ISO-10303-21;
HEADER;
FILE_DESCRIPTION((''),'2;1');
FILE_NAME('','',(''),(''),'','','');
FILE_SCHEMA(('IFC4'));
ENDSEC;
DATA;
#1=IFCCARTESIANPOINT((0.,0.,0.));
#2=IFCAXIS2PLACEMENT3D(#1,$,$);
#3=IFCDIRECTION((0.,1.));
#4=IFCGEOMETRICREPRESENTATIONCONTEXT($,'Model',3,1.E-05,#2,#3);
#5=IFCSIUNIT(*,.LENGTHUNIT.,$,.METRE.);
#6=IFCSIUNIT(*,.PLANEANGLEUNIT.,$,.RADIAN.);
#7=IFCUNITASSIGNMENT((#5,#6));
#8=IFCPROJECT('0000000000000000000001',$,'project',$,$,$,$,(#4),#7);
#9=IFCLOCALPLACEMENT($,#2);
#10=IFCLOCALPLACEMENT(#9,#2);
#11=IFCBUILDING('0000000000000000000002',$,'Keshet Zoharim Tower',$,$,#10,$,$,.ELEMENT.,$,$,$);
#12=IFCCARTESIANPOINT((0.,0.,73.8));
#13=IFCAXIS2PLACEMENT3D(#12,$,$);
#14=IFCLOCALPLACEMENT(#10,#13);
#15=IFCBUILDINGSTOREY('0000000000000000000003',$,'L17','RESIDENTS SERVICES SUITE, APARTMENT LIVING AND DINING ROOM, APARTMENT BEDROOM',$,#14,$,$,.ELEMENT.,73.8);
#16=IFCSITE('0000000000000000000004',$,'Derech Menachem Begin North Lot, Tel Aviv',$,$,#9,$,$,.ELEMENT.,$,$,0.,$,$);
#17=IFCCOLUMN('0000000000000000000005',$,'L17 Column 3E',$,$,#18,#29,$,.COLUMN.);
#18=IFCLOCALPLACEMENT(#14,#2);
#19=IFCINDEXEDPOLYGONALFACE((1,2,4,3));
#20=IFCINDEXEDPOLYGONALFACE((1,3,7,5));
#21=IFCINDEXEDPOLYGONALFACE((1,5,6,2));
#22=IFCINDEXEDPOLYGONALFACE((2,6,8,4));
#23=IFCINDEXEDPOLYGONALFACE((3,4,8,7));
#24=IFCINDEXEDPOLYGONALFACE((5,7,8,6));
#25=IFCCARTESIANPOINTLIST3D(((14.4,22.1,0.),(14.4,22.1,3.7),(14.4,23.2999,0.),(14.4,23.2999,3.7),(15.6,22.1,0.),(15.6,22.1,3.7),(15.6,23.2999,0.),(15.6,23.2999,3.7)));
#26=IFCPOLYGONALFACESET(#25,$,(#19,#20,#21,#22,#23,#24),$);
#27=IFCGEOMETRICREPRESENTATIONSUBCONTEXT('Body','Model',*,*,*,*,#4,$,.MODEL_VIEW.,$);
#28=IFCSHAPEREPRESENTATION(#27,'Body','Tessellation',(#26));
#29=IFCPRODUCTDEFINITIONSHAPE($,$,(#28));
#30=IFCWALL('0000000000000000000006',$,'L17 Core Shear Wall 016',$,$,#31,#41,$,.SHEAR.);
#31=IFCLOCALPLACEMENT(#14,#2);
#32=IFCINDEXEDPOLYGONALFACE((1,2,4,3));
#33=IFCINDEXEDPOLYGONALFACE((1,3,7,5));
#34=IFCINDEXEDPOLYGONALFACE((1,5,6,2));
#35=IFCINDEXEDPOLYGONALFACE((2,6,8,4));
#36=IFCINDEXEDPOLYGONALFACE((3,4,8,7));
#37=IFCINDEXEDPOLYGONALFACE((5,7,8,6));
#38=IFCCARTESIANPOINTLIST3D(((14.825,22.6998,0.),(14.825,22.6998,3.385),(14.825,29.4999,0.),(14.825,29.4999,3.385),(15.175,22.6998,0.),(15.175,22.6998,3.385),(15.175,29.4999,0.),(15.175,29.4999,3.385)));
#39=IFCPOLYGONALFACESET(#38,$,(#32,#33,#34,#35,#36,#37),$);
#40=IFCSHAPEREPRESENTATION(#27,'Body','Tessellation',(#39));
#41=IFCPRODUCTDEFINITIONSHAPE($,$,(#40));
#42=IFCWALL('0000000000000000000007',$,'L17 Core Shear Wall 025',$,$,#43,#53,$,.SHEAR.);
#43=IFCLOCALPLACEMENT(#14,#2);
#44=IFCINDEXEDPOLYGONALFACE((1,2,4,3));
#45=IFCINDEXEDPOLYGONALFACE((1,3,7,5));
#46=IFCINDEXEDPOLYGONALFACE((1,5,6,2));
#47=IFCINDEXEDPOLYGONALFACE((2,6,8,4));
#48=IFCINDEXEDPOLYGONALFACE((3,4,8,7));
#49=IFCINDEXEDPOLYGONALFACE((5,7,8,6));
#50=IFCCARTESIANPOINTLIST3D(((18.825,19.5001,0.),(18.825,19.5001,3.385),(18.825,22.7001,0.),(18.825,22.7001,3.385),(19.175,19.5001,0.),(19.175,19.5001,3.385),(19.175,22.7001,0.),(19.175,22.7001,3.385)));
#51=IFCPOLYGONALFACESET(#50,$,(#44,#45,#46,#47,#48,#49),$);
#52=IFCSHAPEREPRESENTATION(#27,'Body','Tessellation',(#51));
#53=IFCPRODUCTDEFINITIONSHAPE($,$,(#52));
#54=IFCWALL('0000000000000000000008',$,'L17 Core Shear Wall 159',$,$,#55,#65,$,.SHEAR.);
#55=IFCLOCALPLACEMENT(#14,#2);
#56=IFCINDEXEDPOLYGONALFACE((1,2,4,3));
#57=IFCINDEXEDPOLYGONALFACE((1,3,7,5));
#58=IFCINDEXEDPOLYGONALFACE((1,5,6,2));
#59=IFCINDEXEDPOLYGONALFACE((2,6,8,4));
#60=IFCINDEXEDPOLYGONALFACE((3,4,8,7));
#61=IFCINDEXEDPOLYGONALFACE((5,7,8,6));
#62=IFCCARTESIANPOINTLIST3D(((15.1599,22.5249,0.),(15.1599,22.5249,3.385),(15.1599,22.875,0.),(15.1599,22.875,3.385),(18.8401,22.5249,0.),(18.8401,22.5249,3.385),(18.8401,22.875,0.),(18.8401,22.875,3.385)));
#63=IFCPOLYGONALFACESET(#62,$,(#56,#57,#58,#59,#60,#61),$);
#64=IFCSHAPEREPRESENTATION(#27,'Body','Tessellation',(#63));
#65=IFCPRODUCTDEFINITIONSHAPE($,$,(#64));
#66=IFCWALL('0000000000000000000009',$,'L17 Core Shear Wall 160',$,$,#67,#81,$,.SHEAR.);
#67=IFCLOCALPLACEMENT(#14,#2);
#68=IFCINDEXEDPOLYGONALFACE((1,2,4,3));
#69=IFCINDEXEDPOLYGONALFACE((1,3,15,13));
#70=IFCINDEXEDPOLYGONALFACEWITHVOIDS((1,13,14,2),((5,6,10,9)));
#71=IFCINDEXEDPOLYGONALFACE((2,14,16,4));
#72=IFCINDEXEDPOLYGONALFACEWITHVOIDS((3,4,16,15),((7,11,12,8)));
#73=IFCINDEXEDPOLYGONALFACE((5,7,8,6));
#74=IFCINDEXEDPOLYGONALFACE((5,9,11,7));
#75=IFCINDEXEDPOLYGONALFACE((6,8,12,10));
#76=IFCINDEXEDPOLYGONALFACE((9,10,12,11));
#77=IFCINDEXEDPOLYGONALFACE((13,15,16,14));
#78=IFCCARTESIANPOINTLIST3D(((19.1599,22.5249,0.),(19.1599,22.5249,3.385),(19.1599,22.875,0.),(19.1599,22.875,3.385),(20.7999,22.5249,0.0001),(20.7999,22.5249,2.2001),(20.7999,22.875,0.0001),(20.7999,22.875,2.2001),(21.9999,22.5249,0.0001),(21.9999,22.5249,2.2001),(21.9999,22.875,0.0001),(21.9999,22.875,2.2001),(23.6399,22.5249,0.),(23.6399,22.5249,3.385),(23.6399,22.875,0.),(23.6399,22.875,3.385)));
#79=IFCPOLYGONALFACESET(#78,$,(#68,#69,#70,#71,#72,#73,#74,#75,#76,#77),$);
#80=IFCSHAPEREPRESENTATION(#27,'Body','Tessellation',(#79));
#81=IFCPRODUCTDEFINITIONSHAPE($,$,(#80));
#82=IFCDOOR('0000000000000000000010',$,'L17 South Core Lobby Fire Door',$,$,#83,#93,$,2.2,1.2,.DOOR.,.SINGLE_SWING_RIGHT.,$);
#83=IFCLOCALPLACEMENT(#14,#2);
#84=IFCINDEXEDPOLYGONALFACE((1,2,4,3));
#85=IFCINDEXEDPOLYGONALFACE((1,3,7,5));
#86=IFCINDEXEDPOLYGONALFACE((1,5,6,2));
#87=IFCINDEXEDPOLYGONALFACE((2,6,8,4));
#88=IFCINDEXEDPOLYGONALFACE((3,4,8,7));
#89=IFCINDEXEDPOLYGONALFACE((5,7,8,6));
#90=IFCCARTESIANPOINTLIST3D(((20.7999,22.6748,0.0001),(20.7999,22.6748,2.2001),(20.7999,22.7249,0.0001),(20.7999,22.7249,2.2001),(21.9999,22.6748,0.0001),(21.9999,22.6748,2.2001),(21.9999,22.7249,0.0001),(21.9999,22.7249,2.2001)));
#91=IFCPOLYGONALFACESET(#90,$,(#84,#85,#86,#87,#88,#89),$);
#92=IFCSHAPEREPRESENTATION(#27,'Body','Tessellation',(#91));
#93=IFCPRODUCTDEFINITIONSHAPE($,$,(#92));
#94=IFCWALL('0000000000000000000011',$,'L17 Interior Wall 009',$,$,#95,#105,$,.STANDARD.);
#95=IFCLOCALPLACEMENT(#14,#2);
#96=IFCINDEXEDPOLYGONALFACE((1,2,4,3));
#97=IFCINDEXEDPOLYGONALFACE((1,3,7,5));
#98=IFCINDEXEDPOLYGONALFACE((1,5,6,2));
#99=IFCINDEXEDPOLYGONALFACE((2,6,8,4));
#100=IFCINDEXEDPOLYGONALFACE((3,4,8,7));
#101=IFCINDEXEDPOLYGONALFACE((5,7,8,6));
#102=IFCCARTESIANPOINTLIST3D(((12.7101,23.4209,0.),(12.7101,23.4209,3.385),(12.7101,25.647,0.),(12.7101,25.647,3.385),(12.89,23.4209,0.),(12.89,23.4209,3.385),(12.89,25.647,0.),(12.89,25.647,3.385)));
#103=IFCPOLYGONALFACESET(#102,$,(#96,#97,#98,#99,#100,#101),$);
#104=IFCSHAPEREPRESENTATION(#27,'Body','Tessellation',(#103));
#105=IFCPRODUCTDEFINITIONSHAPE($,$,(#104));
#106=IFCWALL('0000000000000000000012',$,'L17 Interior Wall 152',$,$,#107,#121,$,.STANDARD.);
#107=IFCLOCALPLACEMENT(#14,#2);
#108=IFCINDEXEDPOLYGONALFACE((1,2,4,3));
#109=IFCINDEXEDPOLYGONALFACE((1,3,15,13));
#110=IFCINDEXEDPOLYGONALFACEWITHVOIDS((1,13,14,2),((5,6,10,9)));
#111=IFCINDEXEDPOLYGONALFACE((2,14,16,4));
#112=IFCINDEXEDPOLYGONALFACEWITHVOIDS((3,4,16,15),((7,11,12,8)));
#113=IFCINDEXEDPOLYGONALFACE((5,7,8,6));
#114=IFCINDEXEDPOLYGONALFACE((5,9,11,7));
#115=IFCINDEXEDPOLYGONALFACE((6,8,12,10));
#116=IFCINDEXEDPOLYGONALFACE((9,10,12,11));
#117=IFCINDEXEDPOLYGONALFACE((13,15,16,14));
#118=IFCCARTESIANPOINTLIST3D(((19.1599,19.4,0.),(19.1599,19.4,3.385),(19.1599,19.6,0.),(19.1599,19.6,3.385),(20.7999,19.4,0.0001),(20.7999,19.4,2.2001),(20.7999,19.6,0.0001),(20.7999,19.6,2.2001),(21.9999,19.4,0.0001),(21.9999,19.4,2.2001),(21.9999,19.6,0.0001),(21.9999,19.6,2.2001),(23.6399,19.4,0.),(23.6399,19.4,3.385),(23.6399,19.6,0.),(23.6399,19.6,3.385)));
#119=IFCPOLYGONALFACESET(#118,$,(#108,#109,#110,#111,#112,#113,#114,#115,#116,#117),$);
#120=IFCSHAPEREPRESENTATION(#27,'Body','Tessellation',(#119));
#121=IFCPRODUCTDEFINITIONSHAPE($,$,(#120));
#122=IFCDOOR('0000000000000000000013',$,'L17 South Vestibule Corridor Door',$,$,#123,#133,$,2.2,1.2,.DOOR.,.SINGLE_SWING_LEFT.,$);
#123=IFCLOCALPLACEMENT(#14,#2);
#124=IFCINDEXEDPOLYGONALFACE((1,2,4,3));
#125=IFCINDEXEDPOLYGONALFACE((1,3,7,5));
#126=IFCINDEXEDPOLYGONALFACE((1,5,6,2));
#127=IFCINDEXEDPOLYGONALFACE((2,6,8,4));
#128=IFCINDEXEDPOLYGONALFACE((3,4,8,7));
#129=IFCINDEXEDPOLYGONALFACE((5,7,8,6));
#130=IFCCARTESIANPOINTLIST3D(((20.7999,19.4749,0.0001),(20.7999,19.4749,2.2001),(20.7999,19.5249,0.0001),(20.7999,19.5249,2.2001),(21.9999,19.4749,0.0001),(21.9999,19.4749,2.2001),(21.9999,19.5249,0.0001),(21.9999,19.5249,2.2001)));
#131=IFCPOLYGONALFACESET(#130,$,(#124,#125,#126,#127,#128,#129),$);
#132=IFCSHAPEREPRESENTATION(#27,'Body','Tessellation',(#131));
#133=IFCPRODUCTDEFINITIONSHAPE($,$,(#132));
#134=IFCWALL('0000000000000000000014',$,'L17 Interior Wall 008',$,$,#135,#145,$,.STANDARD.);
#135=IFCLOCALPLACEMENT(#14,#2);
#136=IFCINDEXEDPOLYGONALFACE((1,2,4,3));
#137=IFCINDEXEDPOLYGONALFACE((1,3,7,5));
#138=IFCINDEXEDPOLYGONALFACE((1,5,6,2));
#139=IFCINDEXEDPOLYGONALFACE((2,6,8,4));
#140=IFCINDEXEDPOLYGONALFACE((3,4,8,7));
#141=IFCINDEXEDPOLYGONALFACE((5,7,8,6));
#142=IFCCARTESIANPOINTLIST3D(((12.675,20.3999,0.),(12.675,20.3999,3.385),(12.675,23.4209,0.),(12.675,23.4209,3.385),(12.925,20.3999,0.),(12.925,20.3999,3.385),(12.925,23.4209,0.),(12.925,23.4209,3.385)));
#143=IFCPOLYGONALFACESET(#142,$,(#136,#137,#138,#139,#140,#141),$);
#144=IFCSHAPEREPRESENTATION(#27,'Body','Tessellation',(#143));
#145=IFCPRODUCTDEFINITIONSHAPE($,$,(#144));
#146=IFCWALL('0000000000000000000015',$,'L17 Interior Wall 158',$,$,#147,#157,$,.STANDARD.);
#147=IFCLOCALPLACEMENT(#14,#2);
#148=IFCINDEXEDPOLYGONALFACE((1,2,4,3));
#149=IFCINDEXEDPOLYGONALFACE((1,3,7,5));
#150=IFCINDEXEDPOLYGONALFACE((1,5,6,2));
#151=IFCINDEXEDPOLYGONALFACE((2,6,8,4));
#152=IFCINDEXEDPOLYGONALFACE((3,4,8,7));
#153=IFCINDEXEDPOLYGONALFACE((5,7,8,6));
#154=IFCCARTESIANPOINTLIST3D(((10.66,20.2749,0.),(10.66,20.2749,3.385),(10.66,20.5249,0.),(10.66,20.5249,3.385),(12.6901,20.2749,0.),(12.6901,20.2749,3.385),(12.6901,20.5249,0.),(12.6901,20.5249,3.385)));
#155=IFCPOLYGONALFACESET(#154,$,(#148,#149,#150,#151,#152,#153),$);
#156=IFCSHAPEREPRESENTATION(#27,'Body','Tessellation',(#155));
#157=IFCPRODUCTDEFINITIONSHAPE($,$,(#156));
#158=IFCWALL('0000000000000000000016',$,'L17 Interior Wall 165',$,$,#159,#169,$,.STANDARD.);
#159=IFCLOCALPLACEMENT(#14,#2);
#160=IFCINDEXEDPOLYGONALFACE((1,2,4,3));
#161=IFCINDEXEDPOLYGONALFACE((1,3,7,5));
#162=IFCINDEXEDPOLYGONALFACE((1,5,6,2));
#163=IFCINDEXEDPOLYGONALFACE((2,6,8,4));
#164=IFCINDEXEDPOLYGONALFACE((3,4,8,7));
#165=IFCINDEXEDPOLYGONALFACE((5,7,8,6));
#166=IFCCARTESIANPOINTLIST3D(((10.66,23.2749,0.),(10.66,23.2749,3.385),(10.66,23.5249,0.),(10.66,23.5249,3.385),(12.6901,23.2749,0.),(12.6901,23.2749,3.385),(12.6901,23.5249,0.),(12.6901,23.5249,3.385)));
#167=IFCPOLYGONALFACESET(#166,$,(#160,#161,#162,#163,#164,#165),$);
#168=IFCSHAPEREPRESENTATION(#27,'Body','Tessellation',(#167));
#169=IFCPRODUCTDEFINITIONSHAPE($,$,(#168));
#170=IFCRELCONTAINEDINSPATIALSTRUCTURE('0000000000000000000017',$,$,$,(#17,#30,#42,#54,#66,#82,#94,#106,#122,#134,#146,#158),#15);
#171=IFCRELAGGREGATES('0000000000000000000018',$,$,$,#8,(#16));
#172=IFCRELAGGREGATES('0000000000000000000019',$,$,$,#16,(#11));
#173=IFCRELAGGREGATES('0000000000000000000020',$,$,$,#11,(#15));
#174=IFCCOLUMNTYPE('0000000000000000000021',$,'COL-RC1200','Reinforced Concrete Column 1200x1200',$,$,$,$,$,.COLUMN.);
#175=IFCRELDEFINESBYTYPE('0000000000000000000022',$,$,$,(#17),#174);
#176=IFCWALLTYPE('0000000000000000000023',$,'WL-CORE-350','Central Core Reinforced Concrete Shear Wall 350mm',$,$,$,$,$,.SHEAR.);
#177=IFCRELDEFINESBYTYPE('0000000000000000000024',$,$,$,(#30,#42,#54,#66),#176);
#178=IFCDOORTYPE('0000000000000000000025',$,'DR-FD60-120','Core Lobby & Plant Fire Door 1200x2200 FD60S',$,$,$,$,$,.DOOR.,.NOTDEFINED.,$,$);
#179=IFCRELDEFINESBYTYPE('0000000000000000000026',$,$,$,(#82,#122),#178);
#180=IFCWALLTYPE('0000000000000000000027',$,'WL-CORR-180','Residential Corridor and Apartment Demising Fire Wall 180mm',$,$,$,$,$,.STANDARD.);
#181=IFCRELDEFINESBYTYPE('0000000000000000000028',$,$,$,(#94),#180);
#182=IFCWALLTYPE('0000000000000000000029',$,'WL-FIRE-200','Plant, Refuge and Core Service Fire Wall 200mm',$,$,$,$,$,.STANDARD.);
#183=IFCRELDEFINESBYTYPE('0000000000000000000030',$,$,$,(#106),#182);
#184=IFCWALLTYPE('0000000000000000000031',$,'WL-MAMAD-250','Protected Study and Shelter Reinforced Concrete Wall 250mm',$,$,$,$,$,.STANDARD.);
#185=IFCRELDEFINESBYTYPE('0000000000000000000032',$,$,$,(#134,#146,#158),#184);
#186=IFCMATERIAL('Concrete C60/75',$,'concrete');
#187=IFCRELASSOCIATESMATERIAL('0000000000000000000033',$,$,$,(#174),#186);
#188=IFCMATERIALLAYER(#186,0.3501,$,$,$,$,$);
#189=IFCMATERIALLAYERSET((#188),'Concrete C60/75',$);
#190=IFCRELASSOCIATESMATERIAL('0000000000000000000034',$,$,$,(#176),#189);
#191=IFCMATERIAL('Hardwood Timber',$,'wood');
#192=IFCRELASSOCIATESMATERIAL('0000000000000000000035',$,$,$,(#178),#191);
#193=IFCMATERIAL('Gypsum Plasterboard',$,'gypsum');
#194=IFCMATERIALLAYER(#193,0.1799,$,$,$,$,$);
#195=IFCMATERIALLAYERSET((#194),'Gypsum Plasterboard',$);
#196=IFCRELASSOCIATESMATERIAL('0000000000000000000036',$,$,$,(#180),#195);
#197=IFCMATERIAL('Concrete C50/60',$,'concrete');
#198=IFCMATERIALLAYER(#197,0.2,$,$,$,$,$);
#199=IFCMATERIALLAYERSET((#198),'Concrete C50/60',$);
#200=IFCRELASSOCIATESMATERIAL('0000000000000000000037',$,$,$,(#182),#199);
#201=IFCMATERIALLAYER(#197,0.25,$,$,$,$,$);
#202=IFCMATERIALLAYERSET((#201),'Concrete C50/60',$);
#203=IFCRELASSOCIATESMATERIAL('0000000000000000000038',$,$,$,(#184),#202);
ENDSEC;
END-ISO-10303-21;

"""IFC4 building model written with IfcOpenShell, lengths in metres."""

from ifc_helpers import new_model, si_unit, direction, frame, frame_2d, origin, origin_2d, place, context, subcontext, project, spatial, rectangle, extrude, material, layer, layer_set, material_profile, profile_set, type_object, element, fill, save


model = new_model("IFC4")

# Units and contexts
model_context = context("Model", 3, precision=1e-05, world=origin(), true_north=direction((0.0, 1.0)))
body_context = subcontext(model_context, "Body", "Model", "MODEL_VIEW")
ifc_project = project(units=[si_unit("LENGTHUNIT", "METRE"), si_unit("PLANEANGLEUNIT", "RADIAN")], contexts=[model_context])

# Site, building, storey
site_placement = place(None, origin())
site = spatial("IfcSite", under=ifc_project, at=site_placement, Name="Derech Menachem Begin North Lot, Tel Aviv", CompositionType="ELEMENT", RefElevation=0.0)
building_placement = place(site_placement, origin())
building = spatial("IfcBuilding", under=site, at=building_placement, Name="Keshet Zoharim Tower", CompositionType="ELEMENT")
storey_placement = place(building_placement, frame((0.0, 0.0, 73.8)))
storey = spatial("IfcBuildingStorey", under=building, at=storey_placement, Name="L17", Description="RESIDENTS SERVICES SUITE, APARTMENT LIVING AND DINING ROOM, APARTMENT BEDROOM", CompositionType="ELEMENT", Elevation=73.8)

# Column
ifc_material_1 = material(Name="Concrete C60/75", Category="concrete")
ifc_material_profile = material_profile(ifc_material_1, rectangle(XDim=1.2, YDim=1.2, at=origin_2d()), Name="RC1200x1200")
ifc_profile_set = profile_set([ifc_material_profile], Name="Concrete C60/75")
column_type = type_object("IfcColumnType", Name="COL-RC1200", Description="Reinforced Concrete Column 1200x1200", PredefinedType="COLUMN", material=ifc_profile_set)
column_placement = place(storey_placement, frame((15.0, 22.7, 0.0), z_axis=(0.0, 0.0, 1.0), x_axis=(1.0, 0.0, 0.0)))
element("IfcColumn", 1, at=column_placement, inside=storey, type_object=column_type, Name="L17 Column 3E", PredefinedType="COLUMN", context=body_context, shape_type="SweptSolid", body=[
    extrude(rectangle(XDim=1.2, YDim=1.2, at=origin_2d()), origin(), (0.0, 0.0, 1.0), 3.7),
])

# Walls
ifc_layer_1 = layer(ifc_material_1, 0.3501)
ifc_layer_set_1 = layer_set([ifc_layer_1], Name="Concrete C60/75")
wall_type_1 = type_object("IfcWallType", Name="WL-CORE-350", Description="Central Core Reinforced Concrete Shear Wall 350mm", PredefinedType="SHEAR", material=ifc_layer_set_1)
wall_1_placement = place(storey_placement, frame((15.0, 22.7, 0.0), z_axis=(0.0, 0.0, 1.0), x_axis=(0.0, 1.0, 0.0)))
element("IfcWall", 2, at=wall_1_placement, inside=storey, type_object=wall_type_1, Name="L17 Core Shear Wall 016", PredefinedType="SHEAR", context=body_context, shape_type="SweptSolid", body=[
    extrude(rectangle(XDim=6.8, YDim=0.3501, at=frame_2d((3.3999, 0.0))), origin(), (0.0, 0.0, 1.0), 3.385),
])
wall_2_placement = place(storey_placement, frame((19.0, 19.5, 0.0), z_axis=(0.0, 0.0, 1.0), x_axis=(0.0, 1.0, 0.0)))
element("IfcWall", 3, at=wall_2_placement, inside=storey, type_object=wall_type_1, Name="L17 Core Shear Wall 025", PredefinedType="SHEAR", context=body_context, shape_type="SweptSolid", body=[
    extrude(rectangle(XDim=3.2, YDim=0.3501, at=frame_2d((1.6001, 0.0))), origin(), (0.0, 0.0, 1.0), 3.385),
])

# Shared definitions
ifc_material_2 = material(Name="Hardwood Timber", Category="wood")

# Wall
wall_3_placement = place(storey_placement, frame((15.1599, 22.7, 0.0), z_axis=(0.0, 0.0, 1.0), x_axis=(1.0, 0.0, 0.0)))
element("IfcWall", 4, at=wall_3_placement, inside=storey, type_object=wall_type_1, Name="L17 Core Shear Wall 159", PredefinedType="SHEAR", context=body_context, shape_type="SweptSolid", body=[
    extrude(rectangle(XDim=3.6802, YDim=0.3501, at=frame_2d((1.8401, 0.0))), origin(), (0.0, 0.0, 1.0), 3.385),
])

# Wall, opening, door
wall_4_placement = place(storey_placement, frame((19.1599, 22.7, 0.0), z_axis=(0.0, 0.0, 1.0), x_axis=(1.0, 0.0, 0.0)))
wall_4 = element("IfcWall", 5, at=wall_4_placement, inside=storey, type_object=wall_type_1, Name="L17 Core Shear Wall 160", PredefinedType="SHEAR", context=body_context, shape_type="SweptSolid", body=[
    extrude(rectangle(XDim=4.48, YDim=0.3501, at=frame_2d((2.24, 0.0))), origin(), (0.0, 0.0, 1.0), 3.385),
])
opening_1_placement = place(wall_4_placement, frame((1.6399, 0.0, 0.0)))
opening_1 = element("IfcOpeningElement", 6, at=opening_1_placement, cuts=wall_4, PredefinedType="OPENING", context=body_context, shape_type="SweptSolid", body=[
    extrude(rectangle(XDim=1.2, YDim=2.2, at=frame_2d((0.6001, 1.1001))), frame((0.0, 0.1851, 0.0), z_axis=(0.0, -1.0, 0.0), x_axis=(1.0, 0.0, 0.0)), (0.0, 0.0, 1.0), 0.3701),
])
door_type_1 = type_object("IfcDoorType", Name="DR-FD60-120", Description="Core Lobby & Plant Fire Door 1200x2200 FD60S", OperationType="NOTDEFINED", PredefinedType="DOOR", material=ifc_material_2)
door_1_placement = place(opening_1_placement, origin())
door_1 = element("IfcDoor", 7, at=door_1_placement, inside=storey, type_object=door_type_1, Name="L17 South Core Lobby Fire Door", OperationType="SINGLE_SWING_RIGHT", OverallHeight=2.2, OverallWidth=1.2, PredefinedType="DOOR", context=body_context, shape_type="SweptSolid", body=[
    extrude(rectangle(XDim=1.2, YDim=2.2, at=frame_2d((0.6001, 1.1001))), frame((0.0, 0.0249, 0.0), z_axis=(0.0, -1.0, 0.0), x_axis=(1.0, 0.0, 0.0)), (0.0, 0.0, 1.0), 0.05),
])
fill(opening_1, door_1)

# Wall
ifc_material_3 = material(Name="Gypsum Plasterboard", Category="gypsum")
ifc_layer_2 = layer(ifc_material_3, 0.1799)
ifc_layer_set_2 = layer_set([ifc_layer_2], Name="Gypsum Plasterboard")
wall_type_2 = type_object("IfcWallType", Name="WL-CORR-180", Description="Residential Corridor and Apartment Demising Fire Wall 180mm", PredefinedType="STANDARD", material=ifc_layer_set_2)
wall_5_placement = place(storey_placement, frame((12.8, 23.4209, 0.0), z_axis=(0.0, 0.0, 1.0), x_axis=(0.0, 1.0, 0.0)))
element("IfcWall", 8, at=wall_5_placement, inside=storey, type_object=wall_type_2, Name="L17 Interior Wall 009", PredefinedType="STANDARD", context=body_context, shape_type="SweptSolid", body=[
    extrude(rectangle(XDim=2.2261, YDim=0.1799, at=frame_2d((1.113, 0.0))), origin(), (0.0, 0.0, 1.0), 3.385),
])

# Wall, opening, door
ifc_material_4 = material(Name="Concrete C50/60", Category="concrete")
ifc_layer_3 = layer(ifc_material_4, 0.2)
ifc_layer_set_3 = layer_set([ifc_layer_3], Name="Concrete C50/60")
wall_type_3 = type_object("IfcWallType", Name="WL-FIRE-200", Description="Plant, Refuge and Core Service Fire Wall 200mm", PredefinedType="STANDARD", material=ifc_layer_set_3)
wall_6_placement = place(storey_placement, frame((19.1599, 19.5, 0.0), z_axis=(0.0, 0.0, 1.0), x_axis=(1.0, 0.0, 0.0)))
wall_6 = element("IfcWall", 9, at=wall_6_placement, inside=storey, type_object=wall_type_3, Name="L17 Interior Wall 152", PredefinedType="STANDARD", context=body_context, shape_type="SweptSolid", body=[
    extrude(rectangle(XDim=4.48, YDim=0.2, at=frame_2d((2.24, 0.0))), origin(), (0.0, 0.0, 1.0), 3.385),
])
opening_2_placement = place(wall_6_placement, frame((1.6399, 0.0, 0.0)))
opening_2 = element("IfcOpeningElement", 10, at=opening_2_placement, cuts=wall_6, PredefinedType="OPENING", context=body_context, shape_type="SweptSolid", body=[
    extrude(rectangle(XDim=1.2, YDim=2.2, at=frame_2d((0.6001, 1.1001))), frame((0.0, 0.1099, 0.0), z_axis=(0.0, -1.0, 0.0), x_axis=(1.0, 0.0, 0.0)), (0.0, 0.0, 1.0), 0.22),
])
door_2_placement = place(opening_2_placement, origin())
door_2 = element("IfcDoor", 11, at=door_2_placement, inside=storey, type_object=door_type_1, Name="L17 South Vestibule Corridor Door", OperationType="SINGLE_SWING_LEFT", OverallHeight=2.2, OverallWidth=1.2, PredefinedType="DOOR", context=body_context, shape_type="SweptSolid", body=[
    extrude(rectangle(XDim=1.2, YDim=2.2, at=frame_2d((0.6001, 1.1001))), frame((0.0, 0.0249, 0.0), z_axis=(0.0, -1.0, 0.0), x_axis=(1.0, 0.0, 0.0)), (0.0, 0.0, 1.0), 0.05),
])
fill(opening_2, door_2)
ifc_layer_4 = layer(ifc_material_4, 0.25)
ifc_layer_set_4 = layer_set([ifc_layer_4], Name="Concrete C50/60")
wall_type_4 = type_object("IfcWallType", Name="WL-MAMAD-250", Description="Protected Study and Shelter Reinforced Concrete Wall 250mm", PredefinedType="STANDARD", material=ifc_layer_set_4)

# Walls
wall_7_placement = place(storey_placement, frame((12.8, 20.3999, 0.0), z_axis=(0.0, 0.0, 1.0), x_axis=(0.0, 1.0, 0.0)))
element("IfcWall", 12, at=wall_7_placement, inside=storey, type_object=wall_type_4, Name="L17 Interior Wall 008", PredefinedType="STANDARD", context=body_context, shape_type="SweptSolid", body=[
    extrude(rectangle(XDim=3.021, YDim=0.25, at=frame_2d((1.5105, 0.0))), origin(), (0.0, 0.0, 1.0), 3.385),
])
for number, where, z_axis, x_axis, name in (
    (13, (10.6599, 20.3999, 0.0), (0.0, 0.0, 1.0), (1.0, 0.0, 0.0), "L17 Interior Wall 158"),
    (14, (10.6599, 23.3999, 0.0), (0.0, 0.0, 1.0), (1.0, 0.0, 0.0), "L17 Interior Wall 165"),
):
    element("IfcWall", number, at=place(storey_placement, frame(where, z_axis=z_axis, x_axis=x_axis)), inside=storey, type_object=wall_type_4, Name=name, PredefinedType="STANDARD", context=body_context, shape_type="SweptSolid", body=[
        extrude(rectangle(XDim=2.03, YDim=0.25, at=frame_2d((1.0151, 0.0))), origin(), (0.0, 0.0, 1.0), 3.385),
    ])

save(model, "model.ifc")
